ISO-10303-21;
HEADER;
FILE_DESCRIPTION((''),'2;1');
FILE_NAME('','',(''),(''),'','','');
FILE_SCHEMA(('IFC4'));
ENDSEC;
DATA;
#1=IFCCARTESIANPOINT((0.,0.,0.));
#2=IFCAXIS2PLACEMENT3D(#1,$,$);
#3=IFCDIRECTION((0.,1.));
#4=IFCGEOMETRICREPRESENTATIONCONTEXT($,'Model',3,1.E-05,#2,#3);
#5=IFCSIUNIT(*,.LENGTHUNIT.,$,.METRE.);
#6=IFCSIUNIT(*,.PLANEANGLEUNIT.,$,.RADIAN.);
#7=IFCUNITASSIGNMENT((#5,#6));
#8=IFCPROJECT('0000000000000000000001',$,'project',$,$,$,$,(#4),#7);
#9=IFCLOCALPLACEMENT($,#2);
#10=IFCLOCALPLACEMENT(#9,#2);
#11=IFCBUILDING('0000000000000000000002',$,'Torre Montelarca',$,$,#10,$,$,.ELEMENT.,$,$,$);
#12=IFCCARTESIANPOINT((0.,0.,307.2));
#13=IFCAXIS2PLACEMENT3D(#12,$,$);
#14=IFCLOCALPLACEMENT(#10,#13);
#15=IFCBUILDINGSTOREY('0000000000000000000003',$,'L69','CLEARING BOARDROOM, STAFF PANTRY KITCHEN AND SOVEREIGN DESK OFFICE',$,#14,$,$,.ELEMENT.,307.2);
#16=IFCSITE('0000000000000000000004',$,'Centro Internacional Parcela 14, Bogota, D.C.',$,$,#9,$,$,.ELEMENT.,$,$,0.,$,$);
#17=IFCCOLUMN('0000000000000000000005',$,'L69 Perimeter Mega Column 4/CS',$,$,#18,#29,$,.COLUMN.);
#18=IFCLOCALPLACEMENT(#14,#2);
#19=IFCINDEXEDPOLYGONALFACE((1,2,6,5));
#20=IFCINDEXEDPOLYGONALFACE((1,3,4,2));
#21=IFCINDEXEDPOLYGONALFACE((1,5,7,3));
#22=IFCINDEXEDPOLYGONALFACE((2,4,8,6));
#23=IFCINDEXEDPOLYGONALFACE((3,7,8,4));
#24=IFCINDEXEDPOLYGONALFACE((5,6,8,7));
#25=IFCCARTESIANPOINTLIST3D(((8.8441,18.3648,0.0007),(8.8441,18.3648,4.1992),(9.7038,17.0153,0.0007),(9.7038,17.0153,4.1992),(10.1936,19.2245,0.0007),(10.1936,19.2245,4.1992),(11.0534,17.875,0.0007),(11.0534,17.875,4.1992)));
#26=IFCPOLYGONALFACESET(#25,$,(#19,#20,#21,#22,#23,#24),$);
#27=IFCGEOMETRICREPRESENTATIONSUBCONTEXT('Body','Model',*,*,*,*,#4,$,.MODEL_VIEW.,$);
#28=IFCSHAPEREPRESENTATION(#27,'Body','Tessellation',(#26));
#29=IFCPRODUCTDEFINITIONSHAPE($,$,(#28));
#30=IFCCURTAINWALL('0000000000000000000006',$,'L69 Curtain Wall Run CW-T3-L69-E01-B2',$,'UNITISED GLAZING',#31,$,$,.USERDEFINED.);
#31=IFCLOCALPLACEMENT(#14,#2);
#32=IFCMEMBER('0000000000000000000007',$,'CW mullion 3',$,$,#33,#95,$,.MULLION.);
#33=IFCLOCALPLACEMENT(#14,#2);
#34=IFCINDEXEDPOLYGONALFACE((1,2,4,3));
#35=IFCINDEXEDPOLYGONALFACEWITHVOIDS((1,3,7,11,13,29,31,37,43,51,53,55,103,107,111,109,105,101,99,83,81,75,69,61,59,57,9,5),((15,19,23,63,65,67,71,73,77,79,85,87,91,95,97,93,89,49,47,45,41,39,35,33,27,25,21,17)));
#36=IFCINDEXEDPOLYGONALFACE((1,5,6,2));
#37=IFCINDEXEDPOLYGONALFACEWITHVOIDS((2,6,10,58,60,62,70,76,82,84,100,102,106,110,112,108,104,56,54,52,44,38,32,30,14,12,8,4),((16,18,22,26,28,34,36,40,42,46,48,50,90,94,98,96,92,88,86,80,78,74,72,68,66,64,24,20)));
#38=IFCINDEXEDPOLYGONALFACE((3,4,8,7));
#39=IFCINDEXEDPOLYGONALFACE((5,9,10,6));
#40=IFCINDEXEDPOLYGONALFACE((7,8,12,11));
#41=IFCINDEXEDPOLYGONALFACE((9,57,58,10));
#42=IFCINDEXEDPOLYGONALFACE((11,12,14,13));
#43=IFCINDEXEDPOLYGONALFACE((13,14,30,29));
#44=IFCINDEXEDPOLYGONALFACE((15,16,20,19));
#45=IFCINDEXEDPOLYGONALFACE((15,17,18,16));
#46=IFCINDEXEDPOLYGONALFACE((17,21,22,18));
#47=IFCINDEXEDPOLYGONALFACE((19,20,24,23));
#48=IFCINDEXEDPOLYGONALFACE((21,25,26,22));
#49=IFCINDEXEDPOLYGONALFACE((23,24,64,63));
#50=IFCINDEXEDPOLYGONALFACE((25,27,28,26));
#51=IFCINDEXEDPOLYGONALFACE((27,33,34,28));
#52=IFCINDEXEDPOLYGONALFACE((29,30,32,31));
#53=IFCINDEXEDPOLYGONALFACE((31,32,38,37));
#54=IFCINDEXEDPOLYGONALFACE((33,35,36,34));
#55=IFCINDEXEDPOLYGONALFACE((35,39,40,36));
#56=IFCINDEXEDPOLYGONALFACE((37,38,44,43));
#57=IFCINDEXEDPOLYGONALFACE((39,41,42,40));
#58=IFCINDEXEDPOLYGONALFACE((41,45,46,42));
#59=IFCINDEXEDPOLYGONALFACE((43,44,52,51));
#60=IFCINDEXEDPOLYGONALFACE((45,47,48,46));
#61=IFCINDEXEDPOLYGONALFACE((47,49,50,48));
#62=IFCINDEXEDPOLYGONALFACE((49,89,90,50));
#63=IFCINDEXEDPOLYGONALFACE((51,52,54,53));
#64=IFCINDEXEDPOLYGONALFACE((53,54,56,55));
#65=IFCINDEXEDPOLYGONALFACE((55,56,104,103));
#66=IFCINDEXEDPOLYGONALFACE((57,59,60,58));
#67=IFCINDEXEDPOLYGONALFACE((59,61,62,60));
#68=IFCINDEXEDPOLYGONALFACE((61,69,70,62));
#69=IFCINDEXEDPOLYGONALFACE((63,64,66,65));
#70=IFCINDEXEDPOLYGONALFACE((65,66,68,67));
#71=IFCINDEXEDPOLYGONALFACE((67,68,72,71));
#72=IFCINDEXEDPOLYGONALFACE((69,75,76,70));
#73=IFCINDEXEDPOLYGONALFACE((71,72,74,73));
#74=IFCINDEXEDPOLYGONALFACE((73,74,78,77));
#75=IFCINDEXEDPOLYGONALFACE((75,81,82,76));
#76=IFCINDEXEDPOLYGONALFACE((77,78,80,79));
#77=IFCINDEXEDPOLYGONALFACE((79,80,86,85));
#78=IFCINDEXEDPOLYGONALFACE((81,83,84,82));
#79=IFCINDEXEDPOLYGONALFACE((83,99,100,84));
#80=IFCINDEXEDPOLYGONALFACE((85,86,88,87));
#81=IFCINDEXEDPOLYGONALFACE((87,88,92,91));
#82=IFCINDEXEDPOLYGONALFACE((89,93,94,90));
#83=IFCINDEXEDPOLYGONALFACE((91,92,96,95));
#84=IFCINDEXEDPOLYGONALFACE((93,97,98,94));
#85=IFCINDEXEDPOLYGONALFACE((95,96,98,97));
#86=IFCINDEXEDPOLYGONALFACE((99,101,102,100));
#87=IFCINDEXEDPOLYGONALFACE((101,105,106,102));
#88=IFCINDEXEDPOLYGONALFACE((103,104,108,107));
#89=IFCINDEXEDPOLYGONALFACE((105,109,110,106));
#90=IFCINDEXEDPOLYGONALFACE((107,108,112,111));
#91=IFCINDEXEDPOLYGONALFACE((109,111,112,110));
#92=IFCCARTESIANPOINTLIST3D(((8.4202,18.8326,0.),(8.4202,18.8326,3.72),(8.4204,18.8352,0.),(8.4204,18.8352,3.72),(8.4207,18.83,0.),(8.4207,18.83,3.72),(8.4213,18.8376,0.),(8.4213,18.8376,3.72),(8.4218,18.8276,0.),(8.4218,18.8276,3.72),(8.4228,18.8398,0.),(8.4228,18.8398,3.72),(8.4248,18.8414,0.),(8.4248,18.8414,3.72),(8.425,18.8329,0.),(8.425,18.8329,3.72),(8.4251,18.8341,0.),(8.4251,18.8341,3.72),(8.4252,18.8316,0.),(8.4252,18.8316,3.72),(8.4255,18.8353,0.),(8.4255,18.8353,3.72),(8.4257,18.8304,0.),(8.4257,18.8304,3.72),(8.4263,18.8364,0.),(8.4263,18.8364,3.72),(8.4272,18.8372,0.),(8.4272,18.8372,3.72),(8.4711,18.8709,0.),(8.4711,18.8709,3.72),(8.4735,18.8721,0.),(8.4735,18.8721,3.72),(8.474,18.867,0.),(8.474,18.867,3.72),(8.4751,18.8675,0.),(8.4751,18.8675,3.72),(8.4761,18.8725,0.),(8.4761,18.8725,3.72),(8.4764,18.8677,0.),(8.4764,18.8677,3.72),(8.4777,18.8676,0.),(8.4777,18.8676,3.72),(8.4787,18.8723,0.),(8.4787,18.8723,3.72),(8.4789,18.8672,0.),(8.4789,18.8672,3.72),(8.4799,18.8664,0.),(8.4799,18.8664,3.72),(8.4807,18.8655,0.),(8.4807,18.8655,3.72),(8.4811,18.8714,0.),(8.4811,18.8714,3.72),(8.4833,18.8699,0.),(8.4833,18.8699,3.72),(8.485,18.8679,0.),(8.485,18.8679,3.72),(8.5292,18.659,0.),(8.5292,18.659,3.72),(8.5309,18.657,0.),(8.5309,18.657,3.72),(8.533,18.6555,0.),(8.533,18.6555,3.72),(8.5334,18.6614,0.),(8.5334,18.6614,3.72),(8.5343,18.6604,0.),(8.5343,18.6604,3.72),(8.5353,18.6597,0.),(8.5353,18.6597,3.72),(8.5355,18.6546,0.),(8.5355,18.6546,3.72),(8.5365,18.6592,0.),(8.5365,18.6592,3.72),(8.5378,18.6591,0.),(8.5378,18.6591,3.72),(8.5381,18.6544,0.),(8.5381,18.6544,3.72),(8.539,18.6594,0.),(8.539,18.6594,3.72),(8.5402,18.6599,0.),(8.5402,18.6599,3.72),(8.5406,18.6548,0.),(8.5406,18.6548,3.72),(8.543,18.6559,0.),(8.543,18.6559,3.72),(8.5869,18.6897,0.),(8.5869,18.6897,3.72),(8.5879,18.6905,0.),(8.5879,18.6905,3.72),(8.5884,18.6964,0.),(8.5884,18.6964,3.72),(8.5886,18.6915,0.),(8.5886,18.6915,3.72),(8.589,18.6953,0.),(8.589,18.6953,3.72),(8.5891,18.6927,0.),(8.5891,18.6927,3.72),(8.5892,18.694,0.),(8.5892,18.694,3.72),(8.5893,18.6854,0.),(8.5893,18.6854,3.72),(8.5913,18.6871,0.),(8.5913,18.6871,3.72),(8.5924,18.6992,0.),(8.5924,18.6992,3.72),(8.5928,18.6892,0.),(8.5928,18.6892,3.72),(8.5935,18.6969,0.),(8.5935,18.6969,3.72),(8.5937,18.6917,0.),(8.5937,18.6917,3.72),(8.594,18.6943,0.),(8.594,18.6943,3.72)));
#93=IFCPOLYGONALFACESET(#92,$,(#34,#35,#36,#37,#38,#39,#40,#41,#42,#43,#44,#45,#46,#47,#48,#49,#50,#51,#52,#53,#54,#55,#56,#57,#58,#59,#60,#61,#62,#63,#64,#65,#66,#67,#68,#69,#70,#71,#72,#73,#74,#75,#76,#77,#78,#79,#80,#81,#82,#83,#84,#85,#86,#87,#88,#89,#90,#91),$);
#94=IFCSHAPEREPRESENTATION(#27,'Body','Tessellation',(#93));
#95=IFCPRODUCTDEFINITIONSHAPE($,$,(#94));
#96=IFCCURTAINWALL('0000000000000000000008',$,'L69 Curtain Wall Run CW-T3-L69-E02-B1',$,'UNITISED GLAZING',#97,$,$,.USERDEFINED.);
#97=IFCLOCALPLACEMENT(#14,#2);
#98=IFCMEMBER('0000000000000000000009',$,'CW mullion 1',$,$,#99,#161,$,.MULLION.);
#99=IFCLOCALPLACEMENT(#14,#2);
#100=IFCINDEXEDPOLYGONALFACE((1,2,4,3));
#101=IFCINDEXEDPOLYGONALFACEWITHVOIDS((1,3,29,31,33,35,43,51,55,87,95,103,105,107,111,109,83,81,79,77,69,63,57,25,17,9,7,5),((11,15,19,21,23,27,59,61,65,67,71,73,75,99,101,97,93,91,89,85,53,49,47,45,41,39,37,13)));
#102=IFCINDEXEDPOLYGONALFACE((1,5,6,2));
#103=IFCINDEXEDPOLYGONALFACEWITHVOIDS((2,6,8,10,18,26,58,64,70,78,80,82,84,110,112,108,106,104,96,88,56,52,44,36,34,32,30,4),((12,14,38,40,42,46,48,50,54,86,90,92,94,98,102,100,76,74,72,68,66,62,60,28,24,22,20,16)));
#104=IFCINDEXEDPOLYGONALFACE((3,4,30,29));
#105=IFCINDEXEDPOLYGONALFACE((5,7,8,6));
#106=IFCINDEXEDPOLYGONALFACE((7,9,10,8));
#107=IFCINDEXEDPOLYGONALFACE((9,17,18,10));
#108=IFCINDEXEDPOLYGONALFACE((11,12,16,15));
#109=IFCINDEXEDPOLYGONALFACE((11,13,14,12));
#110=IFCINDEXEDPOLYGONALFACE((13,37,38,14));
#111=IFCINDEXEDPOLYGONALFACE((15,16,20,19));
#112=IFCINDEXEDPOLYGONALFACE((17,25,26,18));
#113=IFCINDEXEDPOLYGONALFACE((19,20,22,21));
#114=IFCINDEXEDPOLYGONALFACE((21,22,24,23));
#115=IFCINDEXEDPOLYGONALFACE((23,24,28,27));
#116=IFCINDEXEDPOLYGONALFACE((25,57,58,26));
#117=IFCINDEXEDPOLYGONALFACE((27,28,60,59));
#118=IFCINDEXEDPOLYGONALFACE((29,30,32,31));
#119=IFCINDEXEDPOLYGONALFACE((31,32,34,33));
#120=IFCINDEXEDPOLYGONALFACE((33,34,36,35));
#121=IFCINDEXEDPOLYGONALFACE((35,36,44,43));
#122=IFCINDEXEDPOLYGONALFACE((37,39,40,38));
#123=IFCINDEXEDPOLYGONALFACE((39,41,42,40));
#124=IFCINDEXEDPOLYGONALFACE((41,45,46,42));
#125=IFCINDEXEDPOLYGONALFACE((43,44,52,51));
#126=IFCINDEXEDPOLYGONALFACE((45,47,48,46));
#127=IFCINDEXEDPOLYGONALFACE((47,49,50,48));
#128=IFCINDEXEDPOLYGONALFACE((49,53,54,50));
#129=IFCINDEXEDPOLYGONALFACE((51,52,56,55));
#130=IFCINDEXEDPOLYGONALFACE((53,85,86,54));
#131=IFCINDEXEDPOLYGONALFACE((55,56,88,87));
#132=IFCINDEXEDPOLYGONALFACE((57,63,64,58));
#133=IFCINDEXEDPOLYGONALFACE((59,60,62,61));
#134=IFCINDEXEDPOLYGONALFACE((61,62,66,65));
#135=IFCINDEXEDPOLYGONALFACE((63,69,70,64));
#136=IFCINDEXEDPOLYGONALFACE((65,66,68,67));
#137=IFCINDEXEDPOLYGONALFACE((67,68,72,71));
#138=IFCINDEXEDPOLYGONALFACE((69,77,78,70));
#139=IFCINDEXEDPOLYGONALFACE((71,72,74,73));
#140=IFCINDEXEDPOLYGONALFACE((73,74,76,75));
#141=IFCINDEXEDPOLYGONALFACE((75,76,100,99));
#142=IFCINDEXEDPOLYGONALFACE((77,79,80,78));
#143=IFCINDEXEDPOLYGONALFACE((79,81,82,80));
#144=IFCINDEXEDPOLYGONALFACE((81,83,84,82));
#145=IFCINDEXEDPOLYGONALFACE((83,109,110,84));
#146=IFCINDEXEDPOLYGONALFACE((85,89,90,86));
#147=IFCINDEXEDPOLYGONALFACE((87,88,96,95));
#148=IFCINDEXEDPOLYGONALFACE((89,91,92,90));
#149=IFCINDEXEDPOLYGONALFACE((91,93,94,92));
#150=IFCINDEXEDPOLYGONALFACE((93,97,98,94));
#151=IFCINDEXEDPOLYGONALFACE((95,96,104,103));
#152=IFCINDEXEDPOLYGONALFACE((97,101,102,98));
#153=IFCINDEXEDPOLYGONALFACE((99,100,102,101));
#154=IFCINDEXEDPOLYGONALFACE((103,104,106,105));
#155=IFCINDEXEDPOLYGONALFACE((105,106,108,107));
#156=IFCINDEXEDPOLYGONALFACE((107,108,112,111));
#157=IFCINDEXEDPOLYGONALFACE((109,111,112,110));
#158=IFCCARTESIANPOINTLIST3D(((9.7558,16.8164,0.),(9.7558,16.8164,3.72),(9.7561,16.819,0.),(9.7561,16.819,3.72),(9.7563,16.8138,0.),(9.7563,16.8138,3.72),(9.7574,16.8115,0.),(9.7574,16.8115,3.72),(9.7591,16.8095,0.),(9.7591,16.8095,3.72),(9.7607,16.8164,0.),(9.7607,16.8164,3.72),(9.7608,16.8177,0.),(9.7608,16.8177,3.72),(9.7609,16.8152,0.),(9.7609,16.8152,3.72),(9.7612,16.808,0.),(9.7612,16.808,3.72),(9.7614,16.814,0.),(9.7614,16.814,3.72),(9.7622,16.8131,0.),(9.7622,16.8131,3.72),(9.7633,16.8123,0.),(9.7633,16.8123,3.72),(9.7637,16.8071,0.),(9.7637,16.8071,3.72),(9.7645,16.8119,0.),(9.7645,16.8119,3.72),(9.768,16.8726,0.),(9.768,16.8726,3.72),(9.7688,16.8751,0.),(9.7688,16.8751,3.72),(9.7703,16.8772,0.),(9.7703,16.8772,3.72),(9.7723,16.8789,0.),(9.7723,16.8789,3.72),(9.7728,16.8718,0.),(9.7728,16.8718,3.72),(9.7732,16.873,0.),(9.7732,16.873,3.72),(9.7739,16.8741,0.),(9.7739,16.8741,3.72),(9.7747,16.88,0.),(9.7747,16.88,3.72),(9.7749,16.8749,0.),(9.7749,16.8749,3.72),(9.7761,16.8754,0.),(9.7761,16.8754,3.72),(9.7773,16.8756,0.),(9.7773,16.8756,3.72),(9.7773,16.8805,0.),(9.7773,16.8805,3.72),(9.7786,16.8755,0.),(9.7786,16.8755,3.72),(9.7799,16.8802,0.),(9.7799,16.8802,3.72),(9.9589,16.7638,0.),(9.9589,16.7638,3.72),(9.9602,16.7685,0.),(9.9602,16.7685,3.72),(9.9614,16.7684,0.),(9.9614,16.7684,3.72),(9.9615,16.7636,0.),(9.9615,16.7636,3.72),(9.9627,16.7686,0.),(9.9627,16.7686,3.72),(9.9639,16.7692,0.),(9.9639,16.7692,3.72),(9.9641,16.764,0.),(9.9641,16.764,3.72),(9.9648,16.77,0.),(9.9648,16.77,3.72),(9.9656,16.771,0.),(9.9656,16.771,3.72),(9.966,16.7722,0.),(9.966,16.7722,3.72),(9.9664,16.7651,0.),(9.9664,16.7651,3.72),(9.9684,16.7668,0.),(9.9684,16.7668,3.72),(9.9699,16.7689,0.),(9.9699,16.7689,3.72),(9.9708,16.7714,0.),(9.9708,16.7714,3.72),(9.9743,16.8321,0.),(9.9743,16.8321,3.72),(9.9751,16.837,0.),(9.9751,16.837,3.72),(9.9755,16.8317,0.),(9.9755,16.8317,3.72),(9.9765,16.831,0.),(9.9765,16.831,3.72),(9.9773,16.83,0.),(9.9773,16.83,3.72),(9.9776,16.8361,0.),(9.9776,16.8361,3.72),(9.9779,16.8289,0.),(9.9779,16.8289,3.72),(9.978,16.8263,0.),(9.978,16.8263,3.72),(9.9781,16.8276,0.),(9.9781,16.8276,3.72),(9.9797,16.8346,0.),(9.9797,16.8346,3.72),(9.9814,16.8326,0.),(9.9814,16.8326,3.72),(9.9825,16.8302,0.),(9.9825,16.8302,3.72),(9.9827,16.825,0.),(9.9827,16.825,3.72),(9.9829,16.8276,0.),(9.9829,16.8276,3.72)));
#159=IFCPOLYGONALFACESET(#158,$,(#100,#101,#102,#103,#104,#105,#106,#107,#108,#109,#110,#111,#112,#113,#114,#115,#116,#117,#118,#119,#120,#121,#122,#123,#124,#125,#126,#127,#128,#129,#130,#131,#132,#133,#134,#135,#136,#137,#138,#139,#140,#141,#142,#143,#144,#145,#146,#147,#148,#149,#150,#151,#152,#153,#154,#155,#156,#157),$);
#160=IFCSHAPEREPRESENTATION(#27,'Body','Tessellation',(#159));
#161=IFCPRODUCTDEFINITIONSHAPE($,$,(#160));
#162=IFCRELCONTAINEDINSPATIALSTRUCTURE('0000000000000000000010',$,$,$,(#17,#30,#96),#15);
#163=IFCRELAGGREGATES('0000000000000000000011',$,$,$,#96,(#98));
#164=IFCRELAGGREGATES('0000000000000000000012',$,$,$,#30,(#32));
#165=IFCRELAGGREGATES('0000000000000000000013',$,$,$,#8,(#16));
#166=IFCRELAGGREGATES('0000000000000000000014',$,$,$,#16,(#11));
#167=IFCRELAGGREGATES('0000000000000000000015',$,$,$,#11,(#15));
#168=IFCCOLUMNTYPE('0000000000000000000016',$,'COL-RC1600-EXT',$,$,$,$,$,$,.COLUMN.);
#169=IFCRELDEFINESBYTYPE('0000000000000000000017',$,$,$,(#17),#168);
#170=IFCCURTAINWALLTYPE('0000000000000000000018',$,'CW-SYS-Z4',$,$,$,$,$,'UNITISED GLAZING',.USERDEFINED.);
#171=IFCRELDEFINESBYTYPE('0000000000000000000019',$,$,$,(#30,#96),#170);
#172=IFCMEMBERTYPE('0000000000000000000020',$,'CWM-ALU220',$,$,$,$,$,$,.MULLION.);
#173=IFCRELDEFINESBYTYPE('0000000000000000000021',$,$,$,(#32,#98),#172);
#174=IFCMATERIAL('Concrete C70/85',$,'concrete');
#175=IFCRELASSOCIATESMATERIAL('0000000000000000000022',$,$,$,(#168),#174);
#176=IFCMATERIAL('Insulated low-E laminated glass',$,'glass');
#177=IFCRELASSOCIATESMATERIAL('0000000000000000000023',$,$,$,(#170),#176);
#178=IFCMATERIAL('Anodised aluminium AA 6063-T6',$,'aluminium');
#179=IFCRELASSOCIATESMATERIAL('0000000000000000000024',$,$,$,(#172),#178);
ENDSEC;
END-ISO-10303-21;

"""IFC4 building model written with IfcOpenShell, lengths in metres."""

from ifc_helpers import new_model, si_unit, direction, frame, origin, origin_2d, place, context, subcontext, project, spatial, rectangle, hollow_rectangle, extrude, source, transform, mapped, material, material_profile, profile_set, type_object, element, aggregate, save


model = new_model("IFC4")

# Units and contexts
model_context = context("Model", 3, precision=1e-05, world=origin(), true_north=direction((0.0, 1.0)))
body_context = subcontext(model_context, "Body", "Model", "MODEL_VIEW")
ifc_project = project(units=[si_unit("LENGTHUNIT", "METRE"), si_unit("PLANEANGLEUNIT", "RADIAN")], contexts=[model_context])

# Site, building, storey
site_placement = place(None, origin())
site = spatial("IfcSite", under=ifc_project, at=site_placement, Name="Centro Internacional Parcela 14, Bogota, D.C.", CompositionType="ELEMENT", RefElevation=0.0)
building_placement = place(site_placement, origin())
building = spatial("IfcBuilding", under=site, at=building_placement, Name="Torre Montelarca", CompositionType="ELEMENT")
storey_placement = place(building_placement, frame((0.0, 0.0, 307.2)))
storey = spatial("IfcBuildingStorey", under=building, at=storey_placement, Name="L69", Description="CLEARING BOARDROOM, STAFF PANTRY KITCHEN AND SOVEREIGN DESK OFFICE", CompositionType="ELEMENT", Elevation=307.2)

# Column
ifc_material_1 = material(Name="Concrete C70/85", Category="concrete")
ifc_material_profile_1 = material_profile(ifc_material_1, rectangle(XDim=1.6001, YDim=1.6001, at=origin_2d()), Name="RC1600X1600", Category="concrete")
ifc_profile_set_1 = profile_set([ifc_material_profile_1], Name="Concrete C70/85")
column_type = type_object("IfcColumnType", Name="COL-RC1600-EXT", PredefinedType="COLUMN", material=ifc_profile_set_1)
shared_shape_1 = source(origin(), body_context, "Body", "SweptSolid", [
    extrude(rectangle(XDim=1.6001, YDim=1.6001, at=origin_2d()), origin(), (0.0, 0.0, 1.0), 4.1985),
])
column_placement = place(storey_placement, frame((9.9487, 18.1199, 0.0007), z_axis=(0.0, 0.0, 1.0), x_axis=(-0.5373, 0.843391, 0.0)))
element("IfcColumn", 1, at=column_placement, inside=storey, type_object=column_type, Name="L69 Perimeter Mega Column 4/CS", PredefinedType="COLUMN", context=body_context, shape_type="MappedRepresentation", body=[
    mapped(shared_shape_1, transform((0.0, 0.0, 0.0), scale=1.0)),
])

# Curtain wall, member
ifc_material_2 = material(Name="Insulated low-E laminated glass", Category="glass")
curtain_wall_type = type_object("IfcCurtainWallType", Name="CW-SYS-Z4", ElementType="UNITISED GLAZING", PredefinedType="USERDEFINED", material=ifc_material_2)
curtain_wall_1_placement = place(storey_placement, origin())
curtain_wall_1 = element("IfcCurtainWall", 2, at=curtain_wall_1_placement, inside=storey, type_object=curtain_wall_type, Name="L69 Curtain Wall Run CW-T3-L69-E01-B2", ObjectType="UNITISED GLAZING", PredefinedType="USERDEFINED")
ifc_material_3 = material(Name="Anodised aluminium AA 6063-T6", Category="aluminium")
ifc_material_profile_2 = material_profile(ifc_material_3, hollow_rectangle(XDim=0.075, YDim=0.22, WallThickness=0.0049, InnerFilletRadius=0.0049, OuterFilletRadius=0.01, at=origin_2d()), Name="ALU75X220X5", Category="aluminium")
ifc_profile_set_2 = profile_set([ifc_material_profile_2], Name="Anodised aluminium AA 6063-T6")
member_type_1 = type_object("IfcMemberType", Name="CWM-ALU220", PredefinedType="MULLION", material=ifc_profile_set_2)
shared_shape_2 = source(origin(), body_context, "Body", "SweptSolid", [
    extrude(hollow_rectangle(XDim=0.075, YDim=0.22, WallThickness=0.0049, InnerFilletRadius=0.0049, OuterFilletRadius=0.01, at=origin_2d()), origin(), (0.0, 0.0, 1.0), 3.72),
])
member_1_placement = place(storey_placement, frame((8.5071, 18.7634, 0.0), z_axis=(0.0, 0.0, 1.0), x_axis=(0.84339, 0.537301, 0.0)))
member_1 = element("IfcMember", 3, at=member_1_placement, type_object=member_type_1, Name="CW mullion 3", PredefinedType="MULLION", context=body_context, shape_type="MappedRepresentation", body=[
    mapped(shared_shape_2, transform((0.0, 0.0, 0.0), scale=1.0)),
])

# Curtain wall, member
curtain_wall_2_placement = place(storey_placement, origin())
curtain_wall_2 = element("IfcCurtainWall", 4, at=curtain_wall_2_placement, inside=storey, type_object=curtain_wall_type, Name="L69 Curtain Wall Run CW-T3-L69-E02-B1", ObjectType="UNITISED GLAZING", PredefinedType="USERDEFINED")
member_2_placement = place(storey_placement, frame((9.8694, 16.822, 0.0), z_axis=(0.0, 0.0, 1.0), x_axis=(0.216449, 0.976294, 0.0)))
member_2 = element("IfcMember", 5, at=member_2_placement, type_object=member_type_1, Name="CW mullion 1", PredefinedType="MULLION", context=body_context, shape_type="MappedRepresentation", body=[
    mapped(shared_shape_2, transform((0.0, 0.0, 0.0), scale=1.0)),
])

aggregate(curtain_wall_2, [member_2])
aggregate(curtain_wall_1, [member_1])

save(model, "model.ifc")
